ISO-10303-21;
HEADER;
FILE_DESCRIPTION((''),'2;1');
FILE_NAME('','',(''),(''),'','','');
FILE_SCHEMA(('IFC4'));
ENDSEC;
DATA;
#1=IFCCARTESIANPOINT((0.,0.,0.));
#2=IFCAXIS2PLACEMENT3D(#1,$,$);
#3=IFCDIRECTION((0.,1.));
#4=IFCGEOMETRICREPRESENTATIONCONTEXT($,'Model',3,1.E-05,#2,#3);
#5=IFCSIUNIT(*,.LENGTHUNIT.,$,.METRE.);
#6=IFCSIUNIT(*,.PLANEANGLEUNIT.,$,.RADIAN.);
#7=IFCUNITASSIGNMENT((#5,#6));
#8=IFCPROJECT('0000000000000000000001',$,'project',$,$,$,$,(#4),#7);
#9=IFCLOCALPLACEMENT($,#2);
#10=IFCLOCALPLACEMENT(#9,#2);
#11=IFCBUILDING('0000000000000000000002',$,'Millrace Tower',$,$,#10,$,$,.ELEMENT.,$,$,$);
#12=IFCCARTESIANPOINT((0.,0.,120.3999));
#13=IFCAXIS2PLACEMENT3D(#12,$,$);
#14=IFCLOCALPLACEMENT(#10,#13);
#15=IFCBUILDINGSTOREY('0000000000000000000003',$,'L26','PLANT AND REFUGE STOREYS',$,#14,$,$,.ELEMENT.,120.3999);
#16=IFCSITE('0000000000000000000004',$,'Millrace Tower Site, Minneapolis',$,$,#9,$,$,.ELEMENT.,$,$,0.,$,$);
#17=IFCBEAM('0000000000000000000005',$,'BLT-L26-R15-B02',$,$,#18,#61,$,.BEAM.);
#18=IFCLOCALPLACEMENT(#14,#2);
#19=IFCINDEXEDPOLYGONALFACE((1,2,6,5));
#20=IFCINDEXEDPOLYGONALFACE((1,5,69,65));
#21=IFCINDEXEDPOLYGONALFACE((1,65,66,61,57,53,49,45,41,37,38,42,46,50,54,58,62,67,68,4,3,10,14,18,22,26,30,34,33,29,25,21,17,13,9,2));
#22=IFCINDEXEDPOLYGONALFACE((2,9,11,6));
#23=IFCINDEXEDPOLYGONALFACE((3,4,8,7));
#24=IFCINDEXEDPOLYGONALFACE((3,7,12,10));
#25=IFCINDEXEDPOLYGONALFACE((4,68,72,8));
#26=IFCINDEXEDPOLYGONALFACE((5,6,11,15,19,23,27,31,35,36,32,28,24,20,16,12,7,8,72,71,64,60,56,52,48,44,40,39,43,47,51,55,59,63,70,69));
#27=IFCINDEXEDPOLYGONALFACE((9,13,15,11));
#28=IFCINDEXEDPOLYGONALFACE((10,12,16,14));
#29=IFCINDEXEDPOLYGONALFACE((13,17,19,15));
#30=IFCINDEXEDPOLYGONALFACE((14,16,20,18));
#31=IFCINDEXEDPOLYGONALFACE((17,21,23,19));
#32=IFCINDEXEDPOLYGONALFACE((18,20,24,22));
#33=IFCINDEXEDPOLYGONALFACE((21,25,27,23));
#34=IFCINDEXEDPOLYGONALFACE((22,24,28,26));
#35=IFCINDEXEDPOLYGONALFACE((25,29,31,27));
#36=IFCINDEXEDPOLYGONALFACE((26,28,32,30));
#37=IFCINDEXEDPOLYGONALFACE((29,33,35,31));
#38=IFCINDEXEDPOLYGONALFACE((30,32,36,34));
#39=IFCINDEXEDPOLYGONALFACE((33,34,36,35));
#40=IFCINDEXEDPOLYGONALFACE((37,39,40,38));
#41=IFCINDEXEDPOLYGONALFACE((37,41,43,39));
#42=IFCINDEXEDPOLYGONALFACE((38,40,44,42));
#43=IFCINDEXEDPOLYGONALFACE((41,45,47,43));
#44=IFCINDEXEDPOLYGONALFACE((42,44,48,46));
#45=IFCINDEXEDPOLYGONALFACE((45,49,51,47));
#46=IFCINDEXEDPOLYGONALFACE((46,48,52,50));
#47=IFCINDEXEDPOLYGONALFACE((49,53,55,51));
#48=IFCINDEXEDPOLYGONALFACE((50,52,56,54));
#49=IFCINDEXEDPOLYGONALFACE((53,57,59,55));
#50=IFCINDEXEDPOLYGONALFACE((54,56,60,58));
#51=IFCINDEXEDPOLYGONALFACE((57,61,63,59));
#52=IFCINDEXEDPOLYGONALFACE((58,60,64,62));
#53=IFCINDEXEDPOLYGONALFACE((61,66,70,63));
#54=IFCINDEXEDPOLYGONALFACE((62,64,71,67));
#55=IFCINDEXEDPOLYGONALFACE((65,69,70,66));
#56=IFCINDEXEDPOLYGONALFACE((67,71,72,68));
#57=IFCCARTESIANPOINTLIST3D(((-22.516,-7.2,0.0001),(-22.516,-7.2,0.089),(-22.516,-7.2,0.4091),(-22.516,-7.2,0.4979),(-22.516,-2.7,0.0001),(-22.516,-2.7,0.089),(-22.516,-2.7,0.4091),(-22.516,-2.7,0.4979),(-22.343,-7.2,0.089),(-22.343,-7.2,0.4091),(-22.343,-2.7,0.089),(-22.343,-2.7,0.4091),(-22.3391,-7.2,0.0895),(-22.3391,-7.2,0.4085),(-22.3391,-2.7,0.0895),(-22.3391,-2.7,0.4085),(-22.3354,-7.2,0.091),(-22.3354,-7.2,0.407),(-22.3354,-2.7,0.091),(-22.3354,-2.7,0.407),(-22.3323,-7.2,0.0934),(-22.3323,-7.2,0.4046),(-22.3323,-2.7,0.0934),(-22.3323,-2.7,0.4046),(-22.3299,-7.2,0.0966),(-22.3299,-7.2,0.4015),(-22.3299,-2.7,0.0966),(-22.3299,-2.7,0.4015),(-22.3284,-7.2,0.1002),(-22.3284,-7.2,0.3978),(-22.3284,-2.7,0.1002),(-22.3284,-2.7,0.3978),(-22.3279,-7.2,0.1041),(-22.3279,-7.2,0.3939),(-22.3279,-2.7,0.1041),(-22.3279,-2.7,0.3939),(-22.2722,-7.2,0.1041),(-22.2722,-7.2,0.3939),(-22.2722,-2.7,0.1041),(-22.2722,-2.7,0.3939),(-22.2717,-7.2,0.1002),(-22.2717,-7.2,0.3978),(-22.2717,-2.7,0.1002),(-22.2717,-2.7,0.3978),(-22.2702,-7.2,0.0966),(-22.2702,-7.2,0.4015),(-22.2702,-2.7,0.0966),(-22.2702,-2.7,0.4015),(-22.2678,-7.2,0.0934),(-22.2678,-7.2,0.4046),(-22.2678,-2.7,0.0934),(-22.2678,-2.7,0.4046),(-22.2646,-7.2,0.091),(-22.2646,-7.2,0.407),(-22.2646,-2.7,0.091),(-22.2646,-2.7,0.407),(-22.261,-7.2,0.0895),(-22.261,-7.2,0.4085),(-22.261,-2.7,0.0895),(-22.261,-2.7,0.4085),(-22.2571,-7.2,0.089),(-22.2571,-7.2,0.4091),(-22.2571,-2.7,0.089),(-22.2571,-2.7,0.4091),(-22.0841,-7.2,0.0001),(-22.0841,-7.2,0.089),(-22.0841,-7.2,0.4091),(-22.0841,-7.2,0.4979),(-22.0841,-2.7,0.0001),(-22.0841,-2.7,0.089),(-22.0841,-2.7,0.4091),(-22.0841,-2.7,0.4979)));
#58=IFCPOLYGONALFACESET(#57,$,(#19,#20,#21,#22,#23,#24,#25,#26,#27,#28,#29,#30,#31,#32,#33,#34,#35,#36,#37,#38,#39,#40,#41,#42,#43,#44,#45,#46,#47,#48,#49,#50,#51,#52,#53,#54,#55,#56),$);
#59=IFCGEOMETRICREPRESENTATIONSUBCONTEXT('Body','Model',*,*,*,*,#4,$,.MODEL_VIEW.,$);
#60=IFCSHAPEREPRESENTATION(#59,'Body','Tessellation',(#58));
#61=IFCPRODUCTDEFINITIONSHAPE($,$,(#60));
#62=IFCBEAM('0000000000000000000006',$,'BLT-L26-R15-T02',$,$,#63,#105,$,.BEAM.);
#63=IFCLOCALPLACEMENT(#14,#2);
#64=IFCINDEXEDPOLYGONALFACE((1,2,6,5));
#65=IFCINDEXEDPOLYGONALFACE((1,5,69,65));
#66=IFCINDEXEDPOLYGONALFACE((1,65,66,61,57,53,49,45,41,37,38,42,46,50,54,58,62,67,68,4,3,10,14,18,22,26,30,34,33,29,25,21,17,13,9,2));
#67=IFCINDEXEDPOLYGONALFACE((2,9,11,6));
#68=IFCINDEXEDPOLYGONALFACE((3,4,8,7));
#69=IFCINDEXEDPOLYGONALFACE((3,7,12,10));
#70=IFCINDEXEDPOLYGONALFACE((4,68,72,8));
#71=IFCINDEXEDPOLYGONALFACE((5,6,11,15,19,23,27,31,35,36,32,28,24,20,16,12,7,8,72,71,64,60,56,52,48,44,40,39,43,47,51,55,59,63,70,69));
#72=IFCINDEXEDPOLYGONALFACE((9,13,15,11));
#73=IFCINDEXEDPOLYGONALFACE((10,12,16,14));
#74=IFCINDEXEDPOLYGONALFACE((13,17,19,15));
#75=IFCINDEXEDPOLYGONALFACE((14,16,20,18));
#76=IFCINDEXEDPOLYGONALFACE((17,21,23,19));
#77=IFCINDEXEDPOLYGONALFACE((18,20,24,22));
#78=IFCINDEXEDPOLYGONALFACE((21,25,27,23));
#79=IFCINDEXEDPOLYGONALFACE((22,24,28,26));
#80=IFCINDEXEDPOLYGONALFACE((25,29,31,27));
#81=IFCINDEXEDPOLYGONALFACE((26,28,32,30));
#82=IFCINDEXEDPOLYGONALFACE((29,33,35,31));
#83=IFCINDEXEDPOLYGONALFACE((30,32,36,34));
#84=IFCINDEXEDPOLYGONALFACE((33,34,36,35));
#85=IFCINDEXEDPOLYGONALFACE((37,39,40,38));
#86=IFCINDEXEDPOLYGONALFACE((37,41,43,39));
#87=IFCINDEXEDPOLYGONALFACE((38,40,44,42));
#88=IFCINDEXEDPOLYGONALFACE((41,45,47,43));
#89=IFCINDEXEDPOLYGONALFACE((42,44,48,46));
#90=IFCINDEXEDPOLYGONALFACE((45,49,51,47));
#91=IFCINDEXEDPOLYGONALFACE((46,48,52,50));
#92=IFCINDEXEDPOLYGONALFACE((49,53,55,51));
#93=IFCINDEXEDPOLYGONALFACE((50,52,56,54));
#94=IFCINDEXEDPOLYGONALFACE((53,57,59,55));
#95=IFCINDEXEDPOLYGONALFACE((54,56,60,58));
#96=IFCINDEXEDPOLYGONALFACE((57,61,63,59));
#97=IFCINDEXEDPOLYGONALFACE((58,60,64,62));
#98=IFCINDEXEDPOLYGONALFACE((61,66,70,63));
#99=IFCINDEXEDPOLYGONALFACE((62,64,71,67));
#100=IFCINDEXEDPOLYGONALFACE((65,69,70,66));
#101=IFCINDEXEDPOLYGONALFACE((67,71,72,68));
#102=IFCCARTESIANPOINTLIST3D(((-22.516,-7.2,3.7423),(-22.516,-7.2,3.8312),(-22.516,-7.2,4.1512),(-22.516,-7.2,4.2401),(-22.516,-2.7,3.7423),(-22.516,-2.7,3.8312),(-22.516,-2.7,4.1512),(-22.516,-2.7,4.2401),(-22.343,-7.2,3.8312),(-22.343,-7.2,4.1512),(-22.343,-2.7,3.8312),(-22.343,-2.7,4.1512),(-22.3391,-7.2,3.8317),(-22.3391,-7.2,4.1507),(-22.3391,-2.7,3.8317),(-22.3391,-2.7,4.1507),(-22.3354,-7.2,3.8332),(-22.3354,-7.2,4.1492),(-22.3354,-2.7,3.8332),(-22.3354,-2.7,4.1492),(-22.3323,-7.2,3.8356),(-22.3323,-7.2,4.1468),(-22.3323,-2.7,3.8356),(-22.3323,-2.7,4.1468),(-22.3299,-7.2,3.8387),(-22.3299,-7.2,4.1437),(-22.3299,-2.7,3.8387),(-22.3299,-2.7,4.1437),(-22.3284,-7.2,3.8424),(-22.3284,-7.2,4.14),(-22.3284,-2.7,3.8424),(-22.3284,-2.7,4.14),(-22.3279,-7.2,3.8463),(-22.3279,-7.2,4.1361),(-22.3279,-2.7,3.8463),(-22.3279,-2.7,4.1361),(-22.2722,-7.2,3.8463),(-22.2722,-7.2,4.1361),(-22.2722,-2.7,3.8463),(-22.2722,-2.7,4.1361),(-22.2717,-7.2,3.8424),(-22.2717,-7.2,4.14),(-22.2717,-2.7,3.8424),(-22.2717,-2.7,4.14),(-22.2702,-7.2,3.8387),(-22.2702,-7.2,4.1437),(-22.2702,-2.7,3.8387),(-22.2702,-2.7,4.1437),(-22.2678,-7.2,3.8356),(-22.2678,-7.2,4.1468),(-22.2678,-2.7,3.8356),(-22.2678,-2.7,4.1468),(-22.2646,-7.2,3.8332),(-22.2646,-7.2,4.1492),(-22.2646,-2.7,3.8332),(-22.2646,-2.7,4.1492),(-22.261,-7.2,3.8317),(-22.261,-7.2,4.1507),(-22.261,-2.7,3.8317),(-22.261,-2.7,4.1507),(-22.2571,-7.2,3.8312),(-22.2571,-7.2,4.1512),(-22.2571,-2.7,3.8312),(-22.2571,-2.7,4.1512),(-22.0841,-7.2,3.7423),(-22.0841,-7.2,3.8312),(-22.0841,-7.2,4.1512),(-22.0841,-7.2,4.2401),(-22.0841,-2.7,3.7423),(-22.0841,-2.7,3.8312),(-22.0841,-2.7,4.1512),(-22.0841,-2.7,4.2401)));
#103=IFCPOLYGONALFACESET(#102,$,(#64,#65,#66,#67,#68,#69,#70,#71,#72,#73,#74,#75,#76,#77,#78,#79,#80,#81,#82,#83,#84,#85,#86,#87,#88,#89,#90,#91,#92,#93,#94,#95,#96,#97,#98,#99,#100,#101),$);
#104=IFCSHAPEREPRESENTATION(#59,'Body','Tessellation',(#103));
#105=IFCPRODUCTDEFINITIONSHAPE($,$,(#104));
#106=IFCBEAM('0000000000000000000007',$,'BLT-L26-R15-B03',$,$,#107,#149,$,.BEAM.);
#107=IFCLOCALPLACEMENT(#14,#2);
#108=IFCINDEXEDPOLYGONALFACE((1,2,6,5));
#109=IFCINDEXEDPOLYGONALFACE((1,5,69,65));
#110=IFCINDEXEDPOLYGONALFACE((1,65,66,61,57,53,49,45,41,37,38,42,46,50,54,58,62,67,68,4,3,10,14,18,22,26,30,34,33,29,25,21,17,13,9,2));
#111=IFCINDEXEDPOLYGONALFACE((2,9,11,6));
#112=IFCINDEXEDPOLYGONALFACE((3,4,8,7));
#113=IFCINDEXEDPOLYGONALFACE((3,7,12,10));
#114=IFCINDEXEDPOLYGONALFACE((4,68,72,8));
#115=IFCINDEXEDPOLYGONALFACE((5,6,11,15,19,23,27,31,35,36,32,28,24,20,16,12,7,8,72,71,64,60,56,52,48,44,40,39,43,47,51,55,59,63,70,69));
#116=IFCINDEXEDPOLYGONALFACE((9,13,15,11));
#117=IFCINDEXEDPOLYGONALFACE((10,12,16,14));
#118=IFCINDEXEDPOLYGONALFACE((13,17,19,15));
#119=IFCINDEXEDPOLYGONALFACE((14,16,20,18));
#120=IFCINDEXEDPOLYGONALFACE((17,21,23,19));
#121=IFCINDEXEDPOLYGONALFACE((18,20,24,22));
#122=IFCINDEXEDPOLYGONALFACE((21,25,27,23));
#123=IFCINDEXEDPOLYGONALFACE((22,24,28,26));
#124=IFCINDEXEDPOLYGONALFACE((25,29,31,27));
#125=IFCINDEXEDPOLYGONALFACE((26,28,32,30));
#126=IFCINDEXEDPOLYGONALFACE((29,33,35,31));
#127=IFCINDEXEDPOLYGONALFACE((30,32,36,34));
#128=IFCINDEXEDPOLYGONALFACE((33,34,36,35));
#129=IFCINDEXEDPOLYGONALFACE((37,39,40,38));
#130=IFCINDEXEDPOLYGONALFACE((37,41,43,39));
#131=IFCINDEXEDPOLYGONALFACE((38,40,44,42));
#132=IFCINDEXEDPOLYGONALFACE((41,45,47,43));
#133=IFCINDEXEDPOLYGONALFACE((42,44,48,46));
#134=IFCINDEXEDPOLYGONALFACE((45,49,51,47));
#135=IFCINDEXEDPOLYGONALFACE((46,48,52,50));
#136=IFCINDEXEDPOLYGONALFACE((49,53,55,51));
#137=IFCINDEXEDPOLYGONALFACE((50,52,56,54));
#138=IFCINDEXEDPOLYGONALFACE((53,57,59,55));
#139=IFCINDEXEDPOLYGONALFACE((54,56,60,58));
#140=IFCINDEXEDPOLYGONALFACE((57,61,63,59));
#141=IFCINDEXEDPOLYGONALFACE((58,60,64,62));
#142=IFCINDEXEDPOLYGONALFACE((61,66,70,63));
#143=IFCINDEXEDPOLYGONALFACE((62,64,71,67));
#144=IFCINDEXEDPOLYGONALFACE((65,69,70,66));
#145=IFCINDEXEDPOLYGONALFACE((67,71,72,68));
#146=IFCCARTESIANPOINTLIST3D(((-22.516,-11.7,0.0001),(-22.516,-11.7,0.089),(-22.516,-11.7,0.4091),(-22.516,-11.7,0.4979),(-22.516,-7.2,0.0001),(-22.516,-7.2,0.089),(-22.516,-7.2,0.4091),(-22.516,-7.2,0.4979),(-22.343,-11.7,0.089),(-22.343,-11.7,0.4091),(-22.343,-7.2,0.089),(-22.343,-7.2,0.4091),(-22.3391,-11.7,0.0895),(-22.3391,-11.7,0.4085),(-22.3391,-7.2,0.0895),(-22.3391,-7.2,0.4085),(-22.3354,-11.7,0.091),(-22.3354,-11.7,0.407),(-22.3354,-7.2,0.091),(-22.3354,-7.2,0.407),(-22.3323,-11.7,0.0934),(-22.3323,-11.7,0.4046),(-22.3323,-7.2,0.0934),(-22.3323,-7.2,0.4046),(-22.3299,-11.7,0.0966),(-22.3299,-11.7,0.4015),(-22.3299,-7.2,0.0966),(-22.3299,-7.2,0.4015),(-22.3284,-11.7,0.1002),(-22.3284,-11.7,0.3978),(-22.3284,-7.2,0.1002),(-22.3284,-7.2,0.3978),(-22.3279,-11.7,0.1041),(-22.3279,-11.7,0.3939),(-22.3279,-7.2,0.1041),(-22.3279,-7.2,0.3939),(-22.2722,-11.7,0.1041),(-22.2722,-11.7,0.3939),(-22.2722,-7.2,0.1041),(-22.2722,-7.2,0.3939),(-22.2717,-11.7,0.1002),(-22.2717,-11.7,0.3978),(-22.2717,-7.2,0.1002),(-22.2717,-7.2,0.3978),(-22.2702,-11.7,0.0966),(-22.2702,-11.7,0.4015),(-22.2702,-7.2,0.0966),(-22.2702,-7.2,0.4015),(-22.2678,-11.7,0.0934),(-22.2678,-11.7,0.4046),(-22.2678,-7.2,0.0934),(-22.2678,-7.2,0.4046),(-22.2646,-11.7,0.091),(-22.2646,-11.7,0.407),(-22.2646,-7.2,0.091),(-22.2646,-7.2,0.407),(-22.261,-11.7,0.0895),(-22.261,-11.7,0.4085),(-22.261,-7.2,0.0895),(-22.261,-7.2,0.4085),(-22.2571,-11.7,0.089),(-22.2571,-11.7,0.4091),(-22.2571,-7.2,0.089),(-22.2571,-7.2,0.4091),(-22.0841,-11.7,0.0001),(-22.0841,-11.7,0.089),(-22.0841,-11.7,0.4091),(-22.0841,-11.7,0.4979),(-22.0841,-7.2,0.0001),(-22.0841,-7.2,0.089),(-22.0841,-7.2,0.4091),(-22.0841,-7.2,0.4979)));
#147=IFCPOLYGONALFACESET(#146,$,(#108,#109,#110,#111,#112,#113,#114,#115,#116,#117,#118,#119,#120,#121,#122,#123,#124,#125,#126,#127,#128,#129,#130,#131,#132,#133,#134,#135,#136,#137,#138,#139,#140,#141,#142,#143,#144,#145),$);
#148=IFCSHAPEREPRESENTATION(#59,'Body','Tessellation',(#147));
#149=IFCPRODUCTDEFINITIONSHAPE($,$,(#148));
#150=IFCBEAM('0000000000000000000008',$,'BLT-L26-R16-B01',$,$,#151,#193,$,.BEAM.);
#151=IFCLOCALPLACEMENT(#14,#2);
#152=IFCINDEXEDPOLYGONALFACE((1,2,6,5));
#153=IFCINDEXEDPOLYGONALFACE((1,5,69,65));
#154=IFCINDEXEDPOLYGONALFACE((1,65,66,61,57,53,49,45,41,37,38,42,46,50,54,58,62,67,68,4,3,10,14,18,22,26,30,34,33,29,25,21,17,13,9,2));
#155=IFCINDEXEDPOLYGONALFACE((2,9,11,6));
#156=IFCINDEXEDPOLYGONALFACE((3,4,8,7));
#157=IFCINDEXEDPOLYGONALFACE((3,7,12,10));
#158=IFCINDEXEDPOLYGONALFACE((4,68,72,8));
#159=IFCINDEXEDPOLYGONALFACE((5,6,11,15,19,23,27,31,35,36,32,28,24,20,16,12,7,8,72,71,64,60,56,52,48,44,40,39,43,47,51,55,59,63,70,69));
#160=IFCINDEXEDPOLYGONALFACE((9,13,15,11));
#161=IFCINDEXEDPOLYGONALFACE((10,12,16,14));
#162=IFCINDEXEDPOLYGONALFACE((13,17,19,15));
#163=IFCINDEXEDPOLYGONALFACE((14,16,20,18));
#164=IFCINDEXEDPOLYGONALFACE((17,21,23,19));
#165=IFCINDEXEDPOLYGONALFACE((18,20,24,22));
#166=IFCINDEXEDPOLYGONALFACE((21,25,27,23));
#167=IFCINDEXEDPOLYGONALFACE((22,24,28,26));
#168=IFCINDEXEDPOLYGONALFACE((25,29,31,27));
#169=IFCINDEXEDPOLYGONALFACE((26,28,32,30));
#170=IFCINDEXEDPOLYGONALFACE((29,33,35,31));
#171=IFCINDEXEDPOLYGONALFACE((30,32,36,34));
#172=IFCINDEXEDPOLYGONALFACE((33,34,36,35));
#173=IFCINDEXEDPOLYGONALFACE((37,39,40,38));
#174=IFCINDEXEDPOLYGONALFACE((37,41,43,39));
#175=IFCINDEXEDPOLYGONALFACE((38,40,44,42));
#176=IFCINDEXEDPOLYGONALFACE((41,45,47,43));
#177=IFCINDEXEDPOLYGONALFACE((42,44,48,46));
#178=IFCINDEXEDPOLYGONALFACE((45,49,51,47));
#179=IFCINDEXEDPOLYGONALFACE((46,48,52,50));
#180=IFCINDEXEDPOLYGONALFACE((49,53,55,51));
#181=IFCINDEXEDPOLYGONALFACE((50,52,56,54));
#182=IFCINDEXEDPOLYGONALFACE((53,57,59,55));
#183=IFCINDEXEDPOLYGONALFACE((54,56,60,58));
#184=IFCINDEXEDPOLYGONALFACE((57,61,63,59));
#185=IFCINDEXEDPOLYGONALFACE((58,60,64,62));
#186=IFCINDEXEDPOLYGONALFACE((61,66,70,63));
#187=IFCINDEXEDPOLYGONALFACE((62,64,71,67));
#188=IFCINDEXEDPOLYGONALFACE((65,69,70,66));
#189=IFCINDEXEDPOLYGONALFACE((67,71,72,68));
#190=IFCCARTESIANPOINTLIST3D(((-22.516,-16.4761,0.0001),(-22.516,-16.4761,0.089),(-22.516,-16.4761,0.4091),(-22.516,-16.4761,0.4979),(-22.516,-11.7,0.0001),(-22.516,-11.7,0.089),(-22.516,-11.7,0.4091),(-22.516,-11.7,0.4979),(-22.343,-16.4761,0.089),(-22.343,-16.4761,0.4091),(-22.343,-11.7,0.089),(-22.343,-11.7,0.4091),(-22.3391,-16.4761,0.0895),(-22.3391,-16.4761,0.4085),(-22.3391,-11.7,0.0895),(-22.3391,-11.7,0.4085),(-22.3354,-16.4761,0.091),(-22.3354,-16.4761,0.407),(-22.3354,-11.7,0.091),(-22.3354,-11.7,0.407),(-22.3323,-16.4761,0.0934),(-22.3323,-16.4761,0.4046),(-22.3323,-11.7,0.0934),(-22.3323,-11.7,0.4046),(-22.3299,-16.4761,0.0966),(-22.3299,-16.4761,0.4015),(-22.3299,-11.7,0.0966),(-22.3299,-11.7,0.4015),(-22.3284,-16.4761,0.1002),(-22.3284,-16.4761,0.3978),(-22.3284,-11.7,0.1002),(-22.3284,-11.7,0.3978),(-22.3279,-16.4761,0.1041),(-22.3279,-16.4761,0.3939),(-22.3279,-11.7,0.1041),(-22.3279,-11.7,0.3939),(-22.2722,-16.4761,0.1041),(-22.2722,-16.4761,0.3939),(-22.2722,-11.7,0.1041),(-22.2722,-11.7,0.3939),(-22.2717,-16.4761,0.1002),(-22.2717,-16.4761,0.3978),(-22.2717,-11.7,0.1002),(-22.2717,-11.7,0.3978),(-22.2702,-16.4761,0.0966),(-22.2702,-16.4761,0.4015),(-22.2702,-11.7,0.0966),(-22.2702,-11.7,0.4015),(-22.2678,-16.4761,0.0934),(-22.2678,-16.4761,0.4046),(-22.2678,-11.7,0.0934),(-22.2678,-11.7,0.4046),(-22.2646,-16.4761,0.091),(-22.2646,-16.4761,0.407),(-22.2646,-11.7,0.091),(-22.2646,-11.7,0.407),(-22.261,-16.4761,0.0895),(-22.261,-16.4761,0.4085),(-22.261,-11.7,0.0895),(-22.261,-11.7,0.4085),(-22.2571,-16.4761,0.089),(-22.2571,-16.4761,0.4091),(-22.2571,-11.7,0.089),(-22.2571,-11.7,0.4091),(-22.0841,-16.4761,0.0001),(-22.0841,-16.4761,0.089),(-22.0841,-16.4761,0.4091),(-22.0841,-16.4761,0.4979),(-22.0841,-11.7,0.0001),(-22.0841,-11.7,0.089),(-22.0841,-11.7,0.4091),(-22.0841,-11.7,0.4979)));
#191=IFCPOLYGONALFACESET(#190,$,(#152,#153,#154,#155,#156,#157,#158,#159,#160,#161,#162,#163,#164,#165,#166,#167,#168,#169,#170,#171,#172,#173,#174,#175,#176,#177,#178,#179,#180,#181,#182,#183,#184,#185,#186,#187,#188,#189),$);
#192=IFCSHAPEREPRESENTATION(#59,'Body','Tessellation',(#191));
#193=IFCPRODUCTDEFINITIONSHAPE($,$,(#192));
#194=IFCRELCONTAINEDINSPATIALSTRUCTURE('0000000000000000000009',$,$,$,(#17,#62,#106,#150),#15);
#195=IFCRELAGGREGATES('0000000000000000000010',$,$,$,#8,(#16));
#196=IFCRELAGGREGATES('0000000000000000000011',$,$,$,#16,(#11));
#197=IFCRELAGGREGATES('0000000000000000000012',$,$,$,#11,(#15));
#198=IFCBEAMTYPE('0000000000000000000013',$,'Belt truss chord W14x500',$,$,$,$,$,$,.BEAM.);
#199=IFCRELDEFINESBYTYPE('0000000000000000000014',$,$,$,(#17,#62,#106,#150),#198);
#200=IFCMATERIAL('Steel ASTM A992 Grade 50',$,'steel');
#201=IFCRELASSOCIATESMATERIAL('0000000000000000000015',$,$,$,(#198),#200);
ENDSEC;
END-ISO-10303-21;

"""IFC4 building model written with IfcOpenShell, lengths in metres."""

from ifc_helpers import new_model, si_unit, direction, frame, origin, origin_2d, place, context, subcontext, project, spatial, i_section, extrude, material, material_profile, profile_set, type_object, element, save


model = new_model("IFC4")

# Units and contexts
model_context = context("Model", 3, precision=1e-05, world=origin(), true_north=direction((0.0, 1.0)))
body_context = subcontext(model_context, "Body", "Model", "MODEL_VIEW")
ifc_project = project(units=[si_unit("LENGTHUNIT", "METRE"), si_unit("PLANEANGLEUNIT", "RADIAN")], contexts=[model_context])

# Site, building, storey
site_placement = place(None, origin())
site = spatial("IfcSite", under=ifc_project, at=site_placement, Name="Millrace Tower Site, Minneapolis", CompositionType="ELEMENT", RefElevation=0.0)
building_placement = place(site_placement, origin())
building = spatial("IfcBuilding", under=site, at=building_placement, Name="Millrace Tower", CompositionType="ELEMENT")
storey_placement = place(building_placement, frame((0.0, 0.0, 120.3999)))
storey = spatial("IfcBuildingStorey", under=building, at=storey_placement, Name="L26", Description="PLANT AND REFUGE STOREYS", CompositionType="ELEMENT", Elevation=120.3999)

# Beams
ifc_material_1 = material(Name="Steel ASTM A992 Grade 50", Category="steel")
ifc_material_profile_1 = material_profile(ifc_material_1, i_section(OverallWidth=0.4319, OverallDepth=0.4978, WebThickness=0.0557, FlangeThickness=0.0889, FilletRadius=0.0151, at=origin_2d()))
ifc_profile_set_1 = profile_set([ifc_material_profile_1], Name="Steel ASTM A992 Grade 50")
beam_type_1 = type_object("IfcBeamType", Name="Belt truss chord W14x500", PredefinedType="BEAM", material=ifc_profile_set_1)
for number, where, z_axis, x_axis, name in (
    (1, (-22.3, -2.7, 0.249), (0.0, -1.0, 0.0), (1.0, 0.0, 0.0), "BLT-L26-R15-B02"),
    (2, (-22.3, -2.7, 3.9912), (0.0, -1.0, 0.0), (1.0, 0.0, 0.0), "BLT-L26-R15-T02"),
    (3, (-22.3, -7.2, 0.249), (0.0, -1.0, 0.0), (1.0, 0.0, 0.0), "BLT-L26-R15-B03"),
):
    element("IfcBeam", number, at=place(storey_placement, frame(where, z_axis=z_axis, x_axis=x_axis)), inside=storey, type_object=beam_type_1, Name=name, PredefinedType="BEAM", context=body_context, shape_type="SweptSolid", body=[
        extrude(i_section(OverallWidth=0.4319, OverallDepth=0.4978, WebThickness=0.0557, FlangeThickness=0.0889, FilletRadius=0.0151, at=origin_2d()), origin(), (0.0, 0.0, 1.0), 4.5),
    ])
beam_1_placement = place(storey_placement, frame((-22.3, -11.7, 0.249), z_axis=(0.0, -1.0, 0.0), x_axis=(1.0, 0.0, 0.0)))
element("IfcBeam", 4, at=beam_1_placement, inside=storey, type_object=beam_type_1, Name="BLT-L26-R16-B01", PredefinedType="BEAM", context=body_context, shape_type="SweptSolid", body=[
    extrude(i_section(OverallWidth=0.4319, OverallDepth=0.4978, WebThickness=0.0557, FlangeThickness=0.0889, FilletRadius=0.0151, at=origin_2d()), origin(), (0.0, 0.0, 1.0), 4.7761),
])

save(model, "model.ifc")
